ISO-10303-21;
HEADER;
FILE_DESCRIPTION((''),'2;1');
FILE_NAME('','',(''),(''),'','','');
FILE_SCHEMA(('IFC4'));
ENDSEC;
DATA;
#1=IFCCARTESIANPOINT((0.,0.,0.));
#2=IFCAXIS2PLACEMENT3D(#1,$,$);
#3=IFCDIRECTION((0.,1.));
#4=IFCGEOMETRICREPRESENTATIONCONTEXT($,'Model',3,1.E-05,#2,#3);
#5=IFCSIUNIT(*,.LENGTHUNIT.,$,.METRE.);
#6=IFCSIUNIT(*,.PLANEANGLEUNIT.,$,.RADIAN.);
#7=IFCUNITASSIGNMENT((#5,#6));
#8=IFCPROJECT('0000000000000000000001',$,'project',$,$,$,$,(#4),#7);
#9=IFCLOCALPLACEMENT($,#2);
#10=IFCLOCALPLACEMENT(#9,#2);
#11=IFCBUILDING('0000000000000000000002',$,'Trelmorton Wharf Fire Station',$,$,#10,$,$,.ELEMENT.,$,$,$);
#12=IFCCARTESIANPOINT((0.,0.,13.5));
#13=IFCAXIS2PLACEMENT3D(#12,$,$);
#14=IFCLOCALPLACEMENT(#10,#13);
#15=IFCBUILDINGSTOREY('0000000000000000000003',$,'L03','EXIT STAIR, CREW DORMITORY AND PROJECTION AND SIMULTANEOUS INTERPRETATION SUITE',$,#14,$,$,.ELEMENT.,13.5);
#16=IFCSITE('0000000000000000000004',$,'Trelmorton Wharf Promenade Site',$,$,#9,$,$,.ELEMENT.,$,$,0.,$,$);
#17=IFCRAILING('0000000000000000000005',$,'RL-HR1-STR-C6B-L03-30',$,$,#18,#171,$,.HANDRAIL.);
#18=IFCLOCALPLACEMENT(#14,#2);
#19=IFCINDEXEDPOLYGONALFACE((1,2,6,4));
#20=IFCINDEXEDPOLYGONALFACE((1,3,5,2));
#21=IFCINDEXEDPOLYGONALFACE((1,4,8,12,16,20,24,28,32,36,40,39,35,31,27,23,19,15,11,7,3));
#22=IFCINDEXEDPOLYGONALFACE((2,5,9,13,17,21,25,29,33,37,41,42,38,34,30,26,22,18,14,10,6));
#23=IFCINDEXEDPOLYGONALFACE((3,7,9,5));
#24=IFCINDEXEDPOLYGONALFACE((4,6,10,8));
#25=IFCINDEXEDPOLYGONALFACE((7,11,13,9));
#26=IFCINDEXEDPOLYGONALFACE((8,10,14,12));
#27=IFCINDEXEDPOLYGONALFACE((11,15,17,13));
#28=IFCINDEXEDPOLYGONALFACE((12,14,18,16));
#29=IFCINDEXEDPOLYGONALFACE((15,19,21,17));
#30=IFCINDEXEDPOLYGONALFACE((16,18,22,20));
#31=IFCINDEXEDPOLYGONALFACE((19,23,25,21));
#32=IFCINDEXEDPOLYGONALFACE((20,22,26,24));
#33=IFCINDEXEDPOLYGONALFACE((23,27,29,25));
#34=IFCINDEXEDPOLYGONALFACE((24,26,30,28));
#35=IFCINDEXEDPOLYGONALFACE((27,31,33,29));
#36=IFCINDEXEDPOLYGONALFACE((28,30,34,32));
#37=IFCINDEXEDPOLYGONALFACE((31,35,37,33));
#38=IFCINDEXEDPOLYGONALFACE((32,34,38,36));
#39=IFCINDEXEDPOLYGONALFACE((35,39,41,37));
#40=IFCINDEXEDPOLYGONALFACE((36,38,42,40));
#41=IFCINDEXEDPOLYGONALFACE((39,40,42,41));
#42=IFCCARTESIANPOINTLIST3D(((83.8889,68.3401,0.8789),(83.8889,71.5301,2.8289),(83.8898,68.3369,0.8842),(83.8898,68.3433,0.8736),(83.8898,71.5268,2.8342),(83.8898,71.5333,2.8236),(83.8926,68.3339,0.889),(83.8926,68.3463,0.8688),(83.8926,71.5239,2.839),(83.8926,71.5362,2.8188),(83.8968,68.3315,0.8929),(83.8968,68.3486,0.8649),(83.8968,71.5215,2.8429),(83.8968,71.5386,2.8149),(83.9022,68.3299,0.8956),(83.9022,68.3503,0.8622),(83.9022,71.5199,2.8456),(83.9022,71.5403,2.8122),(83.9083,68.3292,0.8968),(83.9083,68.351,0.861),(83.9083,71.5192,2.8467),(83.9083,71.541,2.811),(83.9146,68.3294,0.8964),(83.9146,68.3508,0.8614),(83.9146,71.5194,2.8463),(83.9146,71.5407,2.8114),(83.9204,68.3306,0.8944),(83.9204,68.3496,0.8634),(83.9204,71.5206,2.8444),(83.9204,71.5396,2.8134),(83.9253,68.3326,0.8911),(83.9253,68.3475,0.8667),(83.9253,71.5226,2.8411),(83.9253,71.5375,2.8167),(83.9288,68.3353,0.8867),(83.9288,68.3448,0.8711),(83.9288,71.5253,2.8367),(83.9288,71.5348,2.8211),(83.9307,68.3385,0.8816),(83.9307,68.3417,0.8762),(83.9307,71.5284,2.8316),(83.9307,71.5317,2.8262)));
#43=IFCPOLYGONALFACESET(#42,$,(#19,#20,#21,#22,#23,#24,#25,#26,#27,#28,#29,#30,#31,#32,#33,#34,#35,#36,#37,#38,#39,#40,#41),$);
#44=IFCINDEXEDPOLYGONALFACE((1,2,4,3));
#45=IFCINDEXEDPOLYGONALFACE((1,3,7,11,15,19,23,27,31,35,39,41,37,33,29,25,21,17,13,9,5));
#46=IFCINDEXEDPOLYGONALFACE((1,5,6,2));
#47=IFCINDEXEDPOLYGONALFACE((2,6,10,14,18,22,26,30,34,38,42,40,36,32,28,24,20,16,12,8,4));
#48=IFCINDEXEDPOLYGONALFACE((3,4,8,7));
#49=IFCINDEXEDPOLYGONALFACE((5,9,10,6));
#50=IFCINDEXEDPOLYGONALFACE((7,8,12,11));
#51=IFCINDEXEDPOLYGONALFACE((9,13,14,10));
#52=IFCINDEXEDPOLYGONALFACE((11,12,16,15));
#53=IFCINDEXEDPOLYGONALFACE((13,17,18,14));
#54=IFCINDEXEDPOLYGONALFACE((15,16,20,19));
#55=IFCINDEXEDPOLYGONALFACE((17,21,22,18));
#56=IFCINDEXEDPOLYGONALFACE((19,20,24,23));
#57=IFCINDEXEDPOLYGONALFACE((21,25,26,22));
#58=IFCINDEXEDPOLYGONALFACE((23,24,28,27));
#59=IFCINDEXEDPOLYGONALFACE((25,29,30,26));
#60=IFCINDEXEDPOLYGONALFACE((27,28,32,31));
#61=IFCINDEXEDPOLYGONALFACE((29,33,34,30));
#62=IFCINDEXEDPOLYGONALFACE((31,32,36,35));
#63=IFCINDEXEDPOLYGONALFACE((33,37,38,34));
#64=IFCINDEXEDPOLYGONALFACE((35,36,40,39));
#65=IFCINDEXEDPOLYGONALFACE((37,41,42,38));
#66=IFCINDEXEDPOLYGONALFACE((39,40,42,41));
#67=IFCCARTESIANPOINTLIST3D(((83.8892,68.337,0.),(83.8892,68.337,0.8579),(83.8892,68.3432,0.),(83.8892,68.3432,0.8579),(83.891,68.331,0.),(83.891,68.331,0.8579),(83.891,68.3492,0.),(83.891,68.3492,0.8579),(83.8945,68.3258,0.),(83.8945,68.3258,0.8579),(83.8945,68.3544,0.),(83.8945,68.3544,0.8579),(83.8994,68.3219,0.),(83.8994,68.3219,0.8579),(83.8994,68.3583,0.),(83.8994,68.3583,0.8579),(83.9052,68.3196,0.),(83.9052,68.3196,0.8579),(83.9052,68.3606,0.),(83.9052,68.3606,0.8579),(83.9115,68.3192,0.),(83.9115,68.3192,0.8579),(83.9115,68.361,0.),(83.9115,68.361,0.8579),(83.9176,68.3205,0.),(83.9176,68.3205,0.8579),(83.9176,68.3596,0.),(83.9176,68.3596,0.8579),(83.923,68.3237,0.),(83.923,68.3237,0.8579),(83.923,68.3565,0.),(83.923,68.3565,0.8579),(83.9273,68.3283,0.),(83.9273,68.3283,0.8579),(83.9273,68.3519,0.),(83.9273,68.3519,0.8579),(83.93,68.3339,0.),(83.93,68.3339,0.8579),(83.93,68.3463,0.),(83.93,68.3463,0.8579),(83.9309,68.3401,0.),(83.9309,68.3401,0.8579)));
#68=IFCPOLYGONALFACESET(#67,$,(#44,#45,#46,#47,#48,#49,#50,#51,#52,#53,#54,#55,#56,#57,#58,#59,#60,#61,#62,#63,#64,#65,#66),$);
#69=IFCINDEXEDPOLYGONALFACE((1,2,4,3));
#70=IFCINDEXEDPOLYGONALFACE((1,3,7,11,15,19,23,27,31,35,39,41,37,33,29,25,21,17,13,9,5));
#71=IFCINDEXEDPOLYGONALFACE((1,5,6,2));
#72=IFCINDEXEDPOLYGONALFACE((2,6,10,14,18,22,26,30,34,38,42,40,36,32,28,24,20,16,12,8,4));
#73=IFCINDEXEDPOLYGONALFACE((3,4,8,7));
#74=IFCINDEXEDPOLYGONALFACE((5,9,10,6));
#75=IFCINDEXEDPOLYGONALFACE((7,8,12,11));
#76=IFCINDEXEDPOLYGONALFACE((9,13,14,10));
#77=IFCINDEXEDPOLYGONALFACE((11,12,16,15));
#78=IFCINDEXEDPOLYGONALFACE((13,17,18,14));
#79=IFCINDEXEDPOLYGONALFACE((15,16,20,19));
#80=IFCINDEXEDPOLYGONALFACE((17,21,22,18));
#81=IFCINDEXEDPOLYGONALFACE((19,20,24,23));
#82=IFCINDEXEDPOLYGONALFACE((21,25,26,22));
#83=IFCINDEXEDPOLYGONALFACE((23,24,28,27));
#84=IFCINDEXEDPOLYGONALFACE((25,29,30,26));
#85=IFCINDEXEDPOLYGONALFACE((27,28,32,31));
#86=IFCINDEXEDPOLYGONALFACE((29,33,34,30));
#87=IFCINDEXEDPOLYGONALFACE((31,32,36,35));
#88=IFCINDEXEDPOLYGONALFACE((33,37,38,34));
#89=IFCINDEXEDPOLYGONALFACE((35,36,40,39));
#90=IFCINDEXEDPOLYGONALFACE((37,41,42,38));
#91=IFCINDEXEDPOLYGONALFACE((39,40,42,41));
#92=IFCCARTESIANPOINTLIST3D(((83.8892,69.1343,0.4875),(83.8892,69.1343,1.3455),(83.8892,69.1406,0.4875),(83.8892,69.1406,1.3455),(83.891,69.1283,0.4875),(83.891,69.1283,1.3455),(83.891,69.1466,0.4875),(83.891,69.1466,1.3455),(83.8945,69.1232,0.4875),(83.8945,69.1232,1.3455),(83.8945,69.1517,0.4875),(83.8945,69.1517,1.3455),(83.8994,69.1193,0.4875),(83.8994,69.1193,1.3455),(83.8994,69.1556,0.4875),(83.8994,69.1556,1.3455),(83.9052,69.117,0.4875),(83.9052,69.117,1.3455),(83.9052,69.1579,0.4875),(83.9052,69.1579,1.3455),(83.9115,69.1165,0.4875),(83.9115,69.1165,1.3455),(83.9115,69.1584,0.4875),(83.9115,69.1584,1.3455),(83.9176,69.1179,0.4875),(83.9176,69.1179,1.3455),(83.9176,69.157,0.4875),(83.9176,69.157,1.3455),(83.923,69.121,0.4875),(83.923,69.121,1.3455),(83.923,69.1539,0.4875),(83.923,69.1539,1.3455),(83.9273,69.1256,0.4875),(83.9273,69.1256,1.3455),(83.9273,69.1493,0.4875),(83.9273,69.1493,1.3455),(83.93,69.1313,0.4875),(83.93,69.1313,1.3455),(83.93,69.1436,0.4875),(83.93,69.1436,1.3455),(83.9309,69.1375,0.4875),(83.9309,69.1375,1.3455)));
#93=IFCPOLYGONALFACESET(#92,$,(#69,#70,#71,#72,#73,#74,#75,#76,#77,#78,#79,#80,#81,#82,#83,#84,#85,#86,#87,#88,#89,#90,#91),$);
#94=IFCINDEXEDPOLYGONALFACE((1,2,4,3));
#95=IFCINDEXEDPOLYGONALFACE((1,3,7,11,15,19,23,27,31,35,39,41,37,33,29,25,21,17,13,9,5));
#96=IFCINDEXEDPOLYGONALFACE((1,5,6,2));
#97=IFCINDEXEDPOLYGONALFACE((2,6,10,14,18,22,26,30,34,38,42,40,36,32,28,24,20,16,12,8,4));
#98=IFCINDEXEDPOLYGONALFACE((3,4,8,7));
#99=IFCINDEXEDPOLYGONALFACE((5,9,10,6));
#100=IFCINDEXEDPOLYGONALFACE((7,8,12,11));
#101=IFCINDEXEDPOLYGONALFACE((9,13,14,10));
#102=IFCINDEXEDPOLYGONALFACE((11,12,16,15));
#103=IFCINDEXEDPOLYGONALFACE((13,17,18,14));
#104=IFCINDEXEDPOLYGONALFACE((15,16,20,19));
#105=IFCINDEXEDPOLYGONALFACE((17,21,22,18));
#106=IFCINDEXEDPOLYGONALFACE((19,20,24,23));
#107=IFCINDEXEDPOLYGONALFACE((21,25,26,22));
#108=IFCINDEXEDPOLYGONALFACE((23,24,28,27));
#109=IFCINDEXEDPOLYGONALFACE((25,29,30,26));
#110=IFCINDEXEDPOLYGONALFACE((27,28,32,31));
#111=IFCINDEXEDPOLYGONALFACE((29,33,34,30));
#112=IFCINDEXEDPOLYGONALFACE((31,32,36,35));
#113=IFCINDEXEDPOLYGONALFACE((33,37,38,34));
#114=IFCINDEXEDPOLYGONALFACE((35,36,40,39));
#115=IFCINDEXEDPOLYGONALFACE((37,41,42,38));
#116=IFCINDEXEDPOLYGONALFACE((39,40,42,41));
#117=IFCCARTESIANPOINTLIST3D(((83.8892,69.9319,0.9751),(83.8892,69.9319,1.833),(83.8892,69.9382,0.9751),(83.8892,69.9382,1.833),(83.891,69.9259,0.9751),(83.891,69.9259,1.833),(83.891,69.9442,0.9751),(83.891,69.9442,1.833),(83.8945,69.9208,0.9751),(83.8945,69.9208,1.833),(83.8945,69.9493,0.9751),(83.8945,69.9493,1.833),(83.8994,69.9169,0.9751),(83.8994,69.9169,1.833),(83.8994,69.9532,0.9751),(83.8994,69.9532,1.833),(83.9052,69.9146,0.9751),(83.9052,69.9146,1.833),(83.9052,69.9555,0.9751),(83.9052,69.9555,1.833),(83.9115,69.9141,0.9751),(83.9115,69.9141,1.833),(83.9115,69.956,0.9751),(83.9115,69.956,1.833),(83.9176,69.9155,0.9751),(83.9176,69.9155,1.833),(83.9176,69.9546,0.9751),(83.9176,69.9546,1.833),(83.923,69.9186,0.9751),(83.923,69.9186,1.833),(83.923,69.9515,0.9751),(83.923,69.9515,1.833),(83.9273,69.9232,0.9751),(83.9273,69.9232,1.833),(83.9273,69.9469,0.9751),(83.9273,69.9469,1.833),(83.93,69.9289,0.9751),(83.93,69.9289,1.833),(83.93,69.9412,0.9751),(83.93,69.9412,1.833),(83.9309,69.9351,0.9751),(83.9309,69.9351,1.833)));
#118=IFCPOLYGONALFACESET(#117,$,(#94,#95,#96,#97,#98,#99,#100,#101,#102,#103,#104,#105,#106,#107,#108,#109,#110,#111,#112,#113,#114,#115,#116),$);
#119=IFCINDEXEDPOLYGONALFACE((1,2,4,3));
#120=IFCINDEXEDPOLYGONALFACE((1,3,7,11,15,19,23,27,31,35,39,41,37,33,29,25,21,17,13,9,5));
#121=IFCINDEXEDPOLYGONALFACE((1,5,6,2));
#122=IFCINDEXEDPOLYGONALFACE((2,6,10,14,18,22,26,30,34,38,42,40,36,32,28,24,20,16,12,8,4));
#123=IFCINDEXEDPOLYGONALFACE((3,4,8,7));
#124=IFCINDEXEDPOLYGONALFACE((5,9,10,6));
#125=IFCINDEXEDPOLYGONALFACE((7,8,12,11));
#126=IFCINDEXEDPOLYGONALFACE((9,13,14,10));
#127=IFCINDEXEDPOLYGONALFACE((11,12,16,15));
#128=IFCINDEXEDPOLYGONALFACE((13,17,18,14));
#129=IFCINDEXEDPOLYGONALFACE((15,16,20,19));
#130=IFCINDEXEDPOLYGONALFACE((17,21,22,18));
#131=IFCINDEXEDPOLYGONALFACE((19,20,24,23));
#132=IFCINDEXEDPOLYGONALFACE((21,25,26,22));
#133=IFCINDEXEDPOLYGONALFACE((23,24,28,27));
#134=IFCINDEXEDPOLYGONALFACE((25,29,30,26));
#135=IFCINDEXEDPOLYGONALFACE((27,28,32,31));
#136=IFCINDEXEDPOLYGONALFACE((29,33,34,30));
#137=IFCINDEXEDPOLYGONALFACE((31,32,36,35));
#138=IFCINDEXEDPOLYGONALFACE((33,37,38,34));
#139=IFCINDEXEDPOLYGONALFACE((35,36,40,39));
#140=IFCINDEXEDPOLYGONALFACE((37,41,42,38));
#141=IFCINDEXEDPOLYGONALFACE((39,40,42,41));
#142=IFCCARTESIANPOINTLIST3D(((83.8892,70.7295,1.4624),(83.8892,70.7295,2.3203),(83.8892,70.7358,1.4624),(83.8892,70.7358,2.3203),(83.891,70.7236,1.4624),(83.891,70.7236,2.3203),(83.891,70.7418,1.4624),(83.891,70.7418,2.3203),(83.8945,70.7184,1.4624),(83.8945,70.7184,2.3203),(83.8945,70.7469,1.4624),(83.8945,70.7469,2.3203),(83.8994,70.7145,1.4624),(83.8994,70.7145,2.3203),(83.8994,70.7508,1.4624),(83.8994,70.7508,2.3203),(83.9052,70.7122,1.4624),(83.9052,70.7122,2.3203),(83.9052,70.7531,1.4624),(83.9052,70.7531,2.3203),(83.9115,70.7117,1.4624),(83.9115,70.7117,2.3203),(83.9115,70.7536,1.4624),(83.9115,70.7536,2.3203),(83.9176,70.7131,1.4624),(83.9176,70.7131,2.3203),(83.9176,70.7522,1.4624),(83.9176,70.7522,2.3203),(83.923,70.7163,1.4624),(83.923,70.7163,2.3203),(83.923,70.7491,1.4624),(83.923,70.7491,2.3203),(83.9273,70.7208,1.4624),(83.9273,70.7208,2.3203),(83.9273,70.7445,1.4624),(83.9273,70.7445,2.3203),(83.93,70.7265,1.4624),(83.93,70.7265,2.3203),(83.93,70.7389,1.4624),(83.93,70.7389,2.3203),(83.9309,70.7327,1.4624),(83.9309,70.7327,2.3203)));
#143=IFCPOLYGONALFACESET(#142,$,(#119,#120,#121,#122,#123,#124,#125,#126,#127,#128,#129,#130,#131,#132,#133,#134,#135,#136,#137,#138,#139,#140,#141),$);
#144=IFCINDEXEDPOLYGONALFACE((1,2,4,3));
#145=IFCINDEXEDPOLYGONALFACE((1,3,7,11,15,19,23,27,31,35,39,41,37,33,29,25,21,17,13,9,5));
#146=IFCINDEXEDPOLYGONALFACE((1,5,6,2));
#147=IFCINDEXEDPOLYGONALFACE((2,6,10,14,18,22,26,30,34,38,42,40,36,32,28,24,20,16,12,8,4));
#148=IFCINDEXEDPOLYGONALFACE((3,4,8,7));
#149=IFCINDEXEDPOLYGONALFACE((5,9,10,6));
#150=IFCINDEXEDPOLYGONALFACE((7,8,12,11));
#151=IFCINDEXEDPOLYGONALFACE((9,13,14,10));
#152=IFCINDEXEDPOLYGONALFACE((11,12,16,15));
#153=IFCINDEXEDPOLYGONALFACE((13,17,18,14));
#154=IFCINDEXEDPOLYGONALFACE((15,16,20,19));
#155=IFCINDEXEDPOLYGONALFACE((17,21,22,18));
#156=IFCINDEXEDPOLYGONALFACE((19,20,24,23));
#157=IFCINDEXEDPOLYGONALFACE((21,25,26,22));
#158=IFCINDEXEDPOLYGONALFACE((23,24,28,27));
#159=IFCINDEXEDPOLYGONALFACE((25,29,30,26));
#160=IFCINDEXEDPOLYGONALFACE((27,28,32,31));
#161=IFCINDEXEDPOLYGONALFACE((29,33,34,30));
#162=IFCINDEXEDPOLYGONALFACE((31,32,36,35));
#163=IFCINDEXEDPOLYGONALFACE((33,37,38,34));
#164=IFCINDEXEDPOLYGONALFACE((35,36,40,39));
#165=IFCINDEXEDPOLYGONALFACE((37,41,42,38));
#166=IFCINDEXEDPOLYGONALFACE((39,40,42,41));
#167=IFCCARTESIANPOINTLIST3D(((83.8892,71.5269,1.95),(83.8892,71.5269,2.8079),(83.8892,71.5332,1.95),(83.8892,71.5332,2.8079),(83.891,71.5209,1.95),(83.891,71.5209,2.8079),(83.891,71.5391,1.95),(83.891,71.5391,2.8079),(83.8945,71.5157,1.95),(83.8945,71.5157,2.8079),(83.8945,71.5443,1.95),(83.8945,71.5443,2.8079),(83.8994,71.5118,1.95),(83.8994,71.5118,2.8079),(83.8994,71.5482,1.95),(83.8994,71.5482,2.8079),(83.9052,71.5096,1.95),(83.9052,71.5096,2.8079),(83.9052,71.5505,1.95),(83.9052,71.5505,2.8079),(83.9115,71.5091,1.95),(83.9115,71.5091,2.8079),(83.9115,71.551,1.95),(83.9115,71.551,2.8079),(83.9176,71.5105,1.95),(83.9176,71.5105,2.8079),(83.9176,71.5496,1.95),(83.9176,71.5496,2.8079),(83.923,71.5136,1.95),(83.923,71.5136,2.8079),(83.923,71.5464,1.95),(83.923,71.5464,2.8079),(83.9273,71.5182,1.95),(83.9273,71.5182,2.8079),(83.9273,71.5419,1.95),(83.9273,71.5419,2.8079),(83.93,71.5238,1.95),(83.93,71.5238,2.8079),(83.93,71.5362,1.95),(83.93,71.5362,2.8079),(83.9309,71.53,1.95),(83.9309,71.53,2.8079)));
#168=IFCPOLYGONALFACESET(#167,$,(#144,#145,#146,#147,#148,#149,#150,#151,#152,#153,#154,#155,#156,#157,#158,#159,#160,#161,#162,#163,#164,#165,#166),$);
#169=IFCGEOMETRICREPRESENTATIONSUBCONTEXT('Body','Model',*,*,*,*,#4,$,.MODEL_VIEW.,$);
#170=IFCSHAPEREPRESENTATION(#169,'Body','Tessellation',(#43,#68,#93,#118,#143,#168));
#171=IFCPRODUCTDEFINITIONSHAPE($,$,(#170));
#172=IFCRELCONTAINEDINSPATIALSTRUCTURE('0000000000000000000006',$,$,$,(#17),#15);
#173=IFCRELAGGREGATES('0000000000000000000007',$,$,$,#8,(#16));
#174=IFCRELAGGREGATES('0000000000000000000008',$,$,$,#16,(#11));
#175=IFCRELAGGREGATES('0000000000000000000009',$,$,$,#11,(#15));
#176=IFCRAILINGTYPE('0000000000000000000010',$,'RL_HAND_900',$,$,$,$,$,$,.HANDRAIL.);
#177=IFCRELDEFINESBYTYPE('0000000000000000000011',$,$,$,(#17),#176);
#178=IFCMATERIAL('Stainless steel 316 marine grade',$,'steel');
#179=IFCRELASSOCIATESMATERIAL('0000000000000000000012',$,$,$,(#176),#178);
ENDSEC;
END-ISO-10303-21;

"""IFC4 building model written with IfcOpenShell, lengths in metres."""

from ifc_helpers import new_model, si_unit, direction, frame, origin, origin_2d, place, context, subcontext, project, spatial, circle, extrude, material, type_object, element, save


model = new_model("IFC4")

# Units and contexts
model_context = context("Model", 3, precision=1e-05, world=origin(), true_north=direction((0.0, 1.0)))
body_context = subcontext(model_context, "Body", "Model", "MODEL_VIEW")
ifc_project = project(units=[si_unit("LENGTHUNIT", "METRE"), si_unit("PLANEANGLEUNIT", "RADIAN")], contexts=[model_context])

# Site, building, storey
site_placement = place(None, origin())
site = spatial("IfcSite", under=ifc_project, at=site_placement, Name="Trelmorton Wharf Promenade Site", CompositionType="ELEMENT", RefElevation=0.0)
building_placement = place(site_placement, origin())
building = spatial("IfcBuilding", under=site, at=building_placement, Name="Trelmorton Wharf Fire Station", CompositionType="ELEMENT")
storey_placement = place(building_placement, frame((0.0, 0.0, 13.5)))
storey = spatial("IfcBuildingStorey", under=building, at=storey_placement, Name="L03", Description="EXIT STAIR, CREW DORMITORY AND PROJECTION AND SIMULTANEOUS INTERPRETATION SUITE", CompositionType="ELEMENT", Elevation=13.5)

# Railing
ifc_material_1 = material(Name="Stainless steel 316 marine grade", Category="steel")
railing_type_1 = type_object("IfcRailingType", Name="RL_HAND_900", PredefinedType="HANDRAIL", material=ifc_material_1)
railing_1_placement = place(storey_placement, frame((83.9099, 68.3401, 0.0)))
element("IfcRailing", 1, at=railing_1_placement, inside=storey, type_object=railing_type_1, Name="RL-HR1-STR-C6B-L03-30", PredefinedType="HANDRAIL", context=body_context, shape_type="SweptSolid", body=[
    extrude(circle(Radius=0.021, at=origin_2d()), frame((0.0, 0.0, 0.8789), z_axis=(0.0, 0.853217, 0.521556), x_axis=(-1.0, 0.0, 0.0)), (0.0, 0.0, 1.0), 3.7388),
    extrude(circle(Radius=0.021, at=origin_2d()), origin(), (0.0, 0.0, 1.0), 0.8579),
    extrude(circle(Radius=0.021, at=origin_2d()), frame((0.0, 0.7974, 0.4875)), (0.0, 0.0, 1.0), 0.8579),
    extrude(circle(Radius=0.021, at=origin_2d()), frame((0.0, 1.595, 0.9751)), (0.0, 0.0, 1.0), 0.8579),
    extrude(circle(Radius=0.021, at=origin_2d()), frame((0.0, 2.3926, 1.4624)), (0.0, 0.0, 1.0), 0.8579),
    extrude(circle(Radius=0.021, at=origin_2d()), frame((0.0, 3.1899, 1.95)), (0.0, 0.0, 1.0), 0.8579),
])

save(model, "model.ifc")
